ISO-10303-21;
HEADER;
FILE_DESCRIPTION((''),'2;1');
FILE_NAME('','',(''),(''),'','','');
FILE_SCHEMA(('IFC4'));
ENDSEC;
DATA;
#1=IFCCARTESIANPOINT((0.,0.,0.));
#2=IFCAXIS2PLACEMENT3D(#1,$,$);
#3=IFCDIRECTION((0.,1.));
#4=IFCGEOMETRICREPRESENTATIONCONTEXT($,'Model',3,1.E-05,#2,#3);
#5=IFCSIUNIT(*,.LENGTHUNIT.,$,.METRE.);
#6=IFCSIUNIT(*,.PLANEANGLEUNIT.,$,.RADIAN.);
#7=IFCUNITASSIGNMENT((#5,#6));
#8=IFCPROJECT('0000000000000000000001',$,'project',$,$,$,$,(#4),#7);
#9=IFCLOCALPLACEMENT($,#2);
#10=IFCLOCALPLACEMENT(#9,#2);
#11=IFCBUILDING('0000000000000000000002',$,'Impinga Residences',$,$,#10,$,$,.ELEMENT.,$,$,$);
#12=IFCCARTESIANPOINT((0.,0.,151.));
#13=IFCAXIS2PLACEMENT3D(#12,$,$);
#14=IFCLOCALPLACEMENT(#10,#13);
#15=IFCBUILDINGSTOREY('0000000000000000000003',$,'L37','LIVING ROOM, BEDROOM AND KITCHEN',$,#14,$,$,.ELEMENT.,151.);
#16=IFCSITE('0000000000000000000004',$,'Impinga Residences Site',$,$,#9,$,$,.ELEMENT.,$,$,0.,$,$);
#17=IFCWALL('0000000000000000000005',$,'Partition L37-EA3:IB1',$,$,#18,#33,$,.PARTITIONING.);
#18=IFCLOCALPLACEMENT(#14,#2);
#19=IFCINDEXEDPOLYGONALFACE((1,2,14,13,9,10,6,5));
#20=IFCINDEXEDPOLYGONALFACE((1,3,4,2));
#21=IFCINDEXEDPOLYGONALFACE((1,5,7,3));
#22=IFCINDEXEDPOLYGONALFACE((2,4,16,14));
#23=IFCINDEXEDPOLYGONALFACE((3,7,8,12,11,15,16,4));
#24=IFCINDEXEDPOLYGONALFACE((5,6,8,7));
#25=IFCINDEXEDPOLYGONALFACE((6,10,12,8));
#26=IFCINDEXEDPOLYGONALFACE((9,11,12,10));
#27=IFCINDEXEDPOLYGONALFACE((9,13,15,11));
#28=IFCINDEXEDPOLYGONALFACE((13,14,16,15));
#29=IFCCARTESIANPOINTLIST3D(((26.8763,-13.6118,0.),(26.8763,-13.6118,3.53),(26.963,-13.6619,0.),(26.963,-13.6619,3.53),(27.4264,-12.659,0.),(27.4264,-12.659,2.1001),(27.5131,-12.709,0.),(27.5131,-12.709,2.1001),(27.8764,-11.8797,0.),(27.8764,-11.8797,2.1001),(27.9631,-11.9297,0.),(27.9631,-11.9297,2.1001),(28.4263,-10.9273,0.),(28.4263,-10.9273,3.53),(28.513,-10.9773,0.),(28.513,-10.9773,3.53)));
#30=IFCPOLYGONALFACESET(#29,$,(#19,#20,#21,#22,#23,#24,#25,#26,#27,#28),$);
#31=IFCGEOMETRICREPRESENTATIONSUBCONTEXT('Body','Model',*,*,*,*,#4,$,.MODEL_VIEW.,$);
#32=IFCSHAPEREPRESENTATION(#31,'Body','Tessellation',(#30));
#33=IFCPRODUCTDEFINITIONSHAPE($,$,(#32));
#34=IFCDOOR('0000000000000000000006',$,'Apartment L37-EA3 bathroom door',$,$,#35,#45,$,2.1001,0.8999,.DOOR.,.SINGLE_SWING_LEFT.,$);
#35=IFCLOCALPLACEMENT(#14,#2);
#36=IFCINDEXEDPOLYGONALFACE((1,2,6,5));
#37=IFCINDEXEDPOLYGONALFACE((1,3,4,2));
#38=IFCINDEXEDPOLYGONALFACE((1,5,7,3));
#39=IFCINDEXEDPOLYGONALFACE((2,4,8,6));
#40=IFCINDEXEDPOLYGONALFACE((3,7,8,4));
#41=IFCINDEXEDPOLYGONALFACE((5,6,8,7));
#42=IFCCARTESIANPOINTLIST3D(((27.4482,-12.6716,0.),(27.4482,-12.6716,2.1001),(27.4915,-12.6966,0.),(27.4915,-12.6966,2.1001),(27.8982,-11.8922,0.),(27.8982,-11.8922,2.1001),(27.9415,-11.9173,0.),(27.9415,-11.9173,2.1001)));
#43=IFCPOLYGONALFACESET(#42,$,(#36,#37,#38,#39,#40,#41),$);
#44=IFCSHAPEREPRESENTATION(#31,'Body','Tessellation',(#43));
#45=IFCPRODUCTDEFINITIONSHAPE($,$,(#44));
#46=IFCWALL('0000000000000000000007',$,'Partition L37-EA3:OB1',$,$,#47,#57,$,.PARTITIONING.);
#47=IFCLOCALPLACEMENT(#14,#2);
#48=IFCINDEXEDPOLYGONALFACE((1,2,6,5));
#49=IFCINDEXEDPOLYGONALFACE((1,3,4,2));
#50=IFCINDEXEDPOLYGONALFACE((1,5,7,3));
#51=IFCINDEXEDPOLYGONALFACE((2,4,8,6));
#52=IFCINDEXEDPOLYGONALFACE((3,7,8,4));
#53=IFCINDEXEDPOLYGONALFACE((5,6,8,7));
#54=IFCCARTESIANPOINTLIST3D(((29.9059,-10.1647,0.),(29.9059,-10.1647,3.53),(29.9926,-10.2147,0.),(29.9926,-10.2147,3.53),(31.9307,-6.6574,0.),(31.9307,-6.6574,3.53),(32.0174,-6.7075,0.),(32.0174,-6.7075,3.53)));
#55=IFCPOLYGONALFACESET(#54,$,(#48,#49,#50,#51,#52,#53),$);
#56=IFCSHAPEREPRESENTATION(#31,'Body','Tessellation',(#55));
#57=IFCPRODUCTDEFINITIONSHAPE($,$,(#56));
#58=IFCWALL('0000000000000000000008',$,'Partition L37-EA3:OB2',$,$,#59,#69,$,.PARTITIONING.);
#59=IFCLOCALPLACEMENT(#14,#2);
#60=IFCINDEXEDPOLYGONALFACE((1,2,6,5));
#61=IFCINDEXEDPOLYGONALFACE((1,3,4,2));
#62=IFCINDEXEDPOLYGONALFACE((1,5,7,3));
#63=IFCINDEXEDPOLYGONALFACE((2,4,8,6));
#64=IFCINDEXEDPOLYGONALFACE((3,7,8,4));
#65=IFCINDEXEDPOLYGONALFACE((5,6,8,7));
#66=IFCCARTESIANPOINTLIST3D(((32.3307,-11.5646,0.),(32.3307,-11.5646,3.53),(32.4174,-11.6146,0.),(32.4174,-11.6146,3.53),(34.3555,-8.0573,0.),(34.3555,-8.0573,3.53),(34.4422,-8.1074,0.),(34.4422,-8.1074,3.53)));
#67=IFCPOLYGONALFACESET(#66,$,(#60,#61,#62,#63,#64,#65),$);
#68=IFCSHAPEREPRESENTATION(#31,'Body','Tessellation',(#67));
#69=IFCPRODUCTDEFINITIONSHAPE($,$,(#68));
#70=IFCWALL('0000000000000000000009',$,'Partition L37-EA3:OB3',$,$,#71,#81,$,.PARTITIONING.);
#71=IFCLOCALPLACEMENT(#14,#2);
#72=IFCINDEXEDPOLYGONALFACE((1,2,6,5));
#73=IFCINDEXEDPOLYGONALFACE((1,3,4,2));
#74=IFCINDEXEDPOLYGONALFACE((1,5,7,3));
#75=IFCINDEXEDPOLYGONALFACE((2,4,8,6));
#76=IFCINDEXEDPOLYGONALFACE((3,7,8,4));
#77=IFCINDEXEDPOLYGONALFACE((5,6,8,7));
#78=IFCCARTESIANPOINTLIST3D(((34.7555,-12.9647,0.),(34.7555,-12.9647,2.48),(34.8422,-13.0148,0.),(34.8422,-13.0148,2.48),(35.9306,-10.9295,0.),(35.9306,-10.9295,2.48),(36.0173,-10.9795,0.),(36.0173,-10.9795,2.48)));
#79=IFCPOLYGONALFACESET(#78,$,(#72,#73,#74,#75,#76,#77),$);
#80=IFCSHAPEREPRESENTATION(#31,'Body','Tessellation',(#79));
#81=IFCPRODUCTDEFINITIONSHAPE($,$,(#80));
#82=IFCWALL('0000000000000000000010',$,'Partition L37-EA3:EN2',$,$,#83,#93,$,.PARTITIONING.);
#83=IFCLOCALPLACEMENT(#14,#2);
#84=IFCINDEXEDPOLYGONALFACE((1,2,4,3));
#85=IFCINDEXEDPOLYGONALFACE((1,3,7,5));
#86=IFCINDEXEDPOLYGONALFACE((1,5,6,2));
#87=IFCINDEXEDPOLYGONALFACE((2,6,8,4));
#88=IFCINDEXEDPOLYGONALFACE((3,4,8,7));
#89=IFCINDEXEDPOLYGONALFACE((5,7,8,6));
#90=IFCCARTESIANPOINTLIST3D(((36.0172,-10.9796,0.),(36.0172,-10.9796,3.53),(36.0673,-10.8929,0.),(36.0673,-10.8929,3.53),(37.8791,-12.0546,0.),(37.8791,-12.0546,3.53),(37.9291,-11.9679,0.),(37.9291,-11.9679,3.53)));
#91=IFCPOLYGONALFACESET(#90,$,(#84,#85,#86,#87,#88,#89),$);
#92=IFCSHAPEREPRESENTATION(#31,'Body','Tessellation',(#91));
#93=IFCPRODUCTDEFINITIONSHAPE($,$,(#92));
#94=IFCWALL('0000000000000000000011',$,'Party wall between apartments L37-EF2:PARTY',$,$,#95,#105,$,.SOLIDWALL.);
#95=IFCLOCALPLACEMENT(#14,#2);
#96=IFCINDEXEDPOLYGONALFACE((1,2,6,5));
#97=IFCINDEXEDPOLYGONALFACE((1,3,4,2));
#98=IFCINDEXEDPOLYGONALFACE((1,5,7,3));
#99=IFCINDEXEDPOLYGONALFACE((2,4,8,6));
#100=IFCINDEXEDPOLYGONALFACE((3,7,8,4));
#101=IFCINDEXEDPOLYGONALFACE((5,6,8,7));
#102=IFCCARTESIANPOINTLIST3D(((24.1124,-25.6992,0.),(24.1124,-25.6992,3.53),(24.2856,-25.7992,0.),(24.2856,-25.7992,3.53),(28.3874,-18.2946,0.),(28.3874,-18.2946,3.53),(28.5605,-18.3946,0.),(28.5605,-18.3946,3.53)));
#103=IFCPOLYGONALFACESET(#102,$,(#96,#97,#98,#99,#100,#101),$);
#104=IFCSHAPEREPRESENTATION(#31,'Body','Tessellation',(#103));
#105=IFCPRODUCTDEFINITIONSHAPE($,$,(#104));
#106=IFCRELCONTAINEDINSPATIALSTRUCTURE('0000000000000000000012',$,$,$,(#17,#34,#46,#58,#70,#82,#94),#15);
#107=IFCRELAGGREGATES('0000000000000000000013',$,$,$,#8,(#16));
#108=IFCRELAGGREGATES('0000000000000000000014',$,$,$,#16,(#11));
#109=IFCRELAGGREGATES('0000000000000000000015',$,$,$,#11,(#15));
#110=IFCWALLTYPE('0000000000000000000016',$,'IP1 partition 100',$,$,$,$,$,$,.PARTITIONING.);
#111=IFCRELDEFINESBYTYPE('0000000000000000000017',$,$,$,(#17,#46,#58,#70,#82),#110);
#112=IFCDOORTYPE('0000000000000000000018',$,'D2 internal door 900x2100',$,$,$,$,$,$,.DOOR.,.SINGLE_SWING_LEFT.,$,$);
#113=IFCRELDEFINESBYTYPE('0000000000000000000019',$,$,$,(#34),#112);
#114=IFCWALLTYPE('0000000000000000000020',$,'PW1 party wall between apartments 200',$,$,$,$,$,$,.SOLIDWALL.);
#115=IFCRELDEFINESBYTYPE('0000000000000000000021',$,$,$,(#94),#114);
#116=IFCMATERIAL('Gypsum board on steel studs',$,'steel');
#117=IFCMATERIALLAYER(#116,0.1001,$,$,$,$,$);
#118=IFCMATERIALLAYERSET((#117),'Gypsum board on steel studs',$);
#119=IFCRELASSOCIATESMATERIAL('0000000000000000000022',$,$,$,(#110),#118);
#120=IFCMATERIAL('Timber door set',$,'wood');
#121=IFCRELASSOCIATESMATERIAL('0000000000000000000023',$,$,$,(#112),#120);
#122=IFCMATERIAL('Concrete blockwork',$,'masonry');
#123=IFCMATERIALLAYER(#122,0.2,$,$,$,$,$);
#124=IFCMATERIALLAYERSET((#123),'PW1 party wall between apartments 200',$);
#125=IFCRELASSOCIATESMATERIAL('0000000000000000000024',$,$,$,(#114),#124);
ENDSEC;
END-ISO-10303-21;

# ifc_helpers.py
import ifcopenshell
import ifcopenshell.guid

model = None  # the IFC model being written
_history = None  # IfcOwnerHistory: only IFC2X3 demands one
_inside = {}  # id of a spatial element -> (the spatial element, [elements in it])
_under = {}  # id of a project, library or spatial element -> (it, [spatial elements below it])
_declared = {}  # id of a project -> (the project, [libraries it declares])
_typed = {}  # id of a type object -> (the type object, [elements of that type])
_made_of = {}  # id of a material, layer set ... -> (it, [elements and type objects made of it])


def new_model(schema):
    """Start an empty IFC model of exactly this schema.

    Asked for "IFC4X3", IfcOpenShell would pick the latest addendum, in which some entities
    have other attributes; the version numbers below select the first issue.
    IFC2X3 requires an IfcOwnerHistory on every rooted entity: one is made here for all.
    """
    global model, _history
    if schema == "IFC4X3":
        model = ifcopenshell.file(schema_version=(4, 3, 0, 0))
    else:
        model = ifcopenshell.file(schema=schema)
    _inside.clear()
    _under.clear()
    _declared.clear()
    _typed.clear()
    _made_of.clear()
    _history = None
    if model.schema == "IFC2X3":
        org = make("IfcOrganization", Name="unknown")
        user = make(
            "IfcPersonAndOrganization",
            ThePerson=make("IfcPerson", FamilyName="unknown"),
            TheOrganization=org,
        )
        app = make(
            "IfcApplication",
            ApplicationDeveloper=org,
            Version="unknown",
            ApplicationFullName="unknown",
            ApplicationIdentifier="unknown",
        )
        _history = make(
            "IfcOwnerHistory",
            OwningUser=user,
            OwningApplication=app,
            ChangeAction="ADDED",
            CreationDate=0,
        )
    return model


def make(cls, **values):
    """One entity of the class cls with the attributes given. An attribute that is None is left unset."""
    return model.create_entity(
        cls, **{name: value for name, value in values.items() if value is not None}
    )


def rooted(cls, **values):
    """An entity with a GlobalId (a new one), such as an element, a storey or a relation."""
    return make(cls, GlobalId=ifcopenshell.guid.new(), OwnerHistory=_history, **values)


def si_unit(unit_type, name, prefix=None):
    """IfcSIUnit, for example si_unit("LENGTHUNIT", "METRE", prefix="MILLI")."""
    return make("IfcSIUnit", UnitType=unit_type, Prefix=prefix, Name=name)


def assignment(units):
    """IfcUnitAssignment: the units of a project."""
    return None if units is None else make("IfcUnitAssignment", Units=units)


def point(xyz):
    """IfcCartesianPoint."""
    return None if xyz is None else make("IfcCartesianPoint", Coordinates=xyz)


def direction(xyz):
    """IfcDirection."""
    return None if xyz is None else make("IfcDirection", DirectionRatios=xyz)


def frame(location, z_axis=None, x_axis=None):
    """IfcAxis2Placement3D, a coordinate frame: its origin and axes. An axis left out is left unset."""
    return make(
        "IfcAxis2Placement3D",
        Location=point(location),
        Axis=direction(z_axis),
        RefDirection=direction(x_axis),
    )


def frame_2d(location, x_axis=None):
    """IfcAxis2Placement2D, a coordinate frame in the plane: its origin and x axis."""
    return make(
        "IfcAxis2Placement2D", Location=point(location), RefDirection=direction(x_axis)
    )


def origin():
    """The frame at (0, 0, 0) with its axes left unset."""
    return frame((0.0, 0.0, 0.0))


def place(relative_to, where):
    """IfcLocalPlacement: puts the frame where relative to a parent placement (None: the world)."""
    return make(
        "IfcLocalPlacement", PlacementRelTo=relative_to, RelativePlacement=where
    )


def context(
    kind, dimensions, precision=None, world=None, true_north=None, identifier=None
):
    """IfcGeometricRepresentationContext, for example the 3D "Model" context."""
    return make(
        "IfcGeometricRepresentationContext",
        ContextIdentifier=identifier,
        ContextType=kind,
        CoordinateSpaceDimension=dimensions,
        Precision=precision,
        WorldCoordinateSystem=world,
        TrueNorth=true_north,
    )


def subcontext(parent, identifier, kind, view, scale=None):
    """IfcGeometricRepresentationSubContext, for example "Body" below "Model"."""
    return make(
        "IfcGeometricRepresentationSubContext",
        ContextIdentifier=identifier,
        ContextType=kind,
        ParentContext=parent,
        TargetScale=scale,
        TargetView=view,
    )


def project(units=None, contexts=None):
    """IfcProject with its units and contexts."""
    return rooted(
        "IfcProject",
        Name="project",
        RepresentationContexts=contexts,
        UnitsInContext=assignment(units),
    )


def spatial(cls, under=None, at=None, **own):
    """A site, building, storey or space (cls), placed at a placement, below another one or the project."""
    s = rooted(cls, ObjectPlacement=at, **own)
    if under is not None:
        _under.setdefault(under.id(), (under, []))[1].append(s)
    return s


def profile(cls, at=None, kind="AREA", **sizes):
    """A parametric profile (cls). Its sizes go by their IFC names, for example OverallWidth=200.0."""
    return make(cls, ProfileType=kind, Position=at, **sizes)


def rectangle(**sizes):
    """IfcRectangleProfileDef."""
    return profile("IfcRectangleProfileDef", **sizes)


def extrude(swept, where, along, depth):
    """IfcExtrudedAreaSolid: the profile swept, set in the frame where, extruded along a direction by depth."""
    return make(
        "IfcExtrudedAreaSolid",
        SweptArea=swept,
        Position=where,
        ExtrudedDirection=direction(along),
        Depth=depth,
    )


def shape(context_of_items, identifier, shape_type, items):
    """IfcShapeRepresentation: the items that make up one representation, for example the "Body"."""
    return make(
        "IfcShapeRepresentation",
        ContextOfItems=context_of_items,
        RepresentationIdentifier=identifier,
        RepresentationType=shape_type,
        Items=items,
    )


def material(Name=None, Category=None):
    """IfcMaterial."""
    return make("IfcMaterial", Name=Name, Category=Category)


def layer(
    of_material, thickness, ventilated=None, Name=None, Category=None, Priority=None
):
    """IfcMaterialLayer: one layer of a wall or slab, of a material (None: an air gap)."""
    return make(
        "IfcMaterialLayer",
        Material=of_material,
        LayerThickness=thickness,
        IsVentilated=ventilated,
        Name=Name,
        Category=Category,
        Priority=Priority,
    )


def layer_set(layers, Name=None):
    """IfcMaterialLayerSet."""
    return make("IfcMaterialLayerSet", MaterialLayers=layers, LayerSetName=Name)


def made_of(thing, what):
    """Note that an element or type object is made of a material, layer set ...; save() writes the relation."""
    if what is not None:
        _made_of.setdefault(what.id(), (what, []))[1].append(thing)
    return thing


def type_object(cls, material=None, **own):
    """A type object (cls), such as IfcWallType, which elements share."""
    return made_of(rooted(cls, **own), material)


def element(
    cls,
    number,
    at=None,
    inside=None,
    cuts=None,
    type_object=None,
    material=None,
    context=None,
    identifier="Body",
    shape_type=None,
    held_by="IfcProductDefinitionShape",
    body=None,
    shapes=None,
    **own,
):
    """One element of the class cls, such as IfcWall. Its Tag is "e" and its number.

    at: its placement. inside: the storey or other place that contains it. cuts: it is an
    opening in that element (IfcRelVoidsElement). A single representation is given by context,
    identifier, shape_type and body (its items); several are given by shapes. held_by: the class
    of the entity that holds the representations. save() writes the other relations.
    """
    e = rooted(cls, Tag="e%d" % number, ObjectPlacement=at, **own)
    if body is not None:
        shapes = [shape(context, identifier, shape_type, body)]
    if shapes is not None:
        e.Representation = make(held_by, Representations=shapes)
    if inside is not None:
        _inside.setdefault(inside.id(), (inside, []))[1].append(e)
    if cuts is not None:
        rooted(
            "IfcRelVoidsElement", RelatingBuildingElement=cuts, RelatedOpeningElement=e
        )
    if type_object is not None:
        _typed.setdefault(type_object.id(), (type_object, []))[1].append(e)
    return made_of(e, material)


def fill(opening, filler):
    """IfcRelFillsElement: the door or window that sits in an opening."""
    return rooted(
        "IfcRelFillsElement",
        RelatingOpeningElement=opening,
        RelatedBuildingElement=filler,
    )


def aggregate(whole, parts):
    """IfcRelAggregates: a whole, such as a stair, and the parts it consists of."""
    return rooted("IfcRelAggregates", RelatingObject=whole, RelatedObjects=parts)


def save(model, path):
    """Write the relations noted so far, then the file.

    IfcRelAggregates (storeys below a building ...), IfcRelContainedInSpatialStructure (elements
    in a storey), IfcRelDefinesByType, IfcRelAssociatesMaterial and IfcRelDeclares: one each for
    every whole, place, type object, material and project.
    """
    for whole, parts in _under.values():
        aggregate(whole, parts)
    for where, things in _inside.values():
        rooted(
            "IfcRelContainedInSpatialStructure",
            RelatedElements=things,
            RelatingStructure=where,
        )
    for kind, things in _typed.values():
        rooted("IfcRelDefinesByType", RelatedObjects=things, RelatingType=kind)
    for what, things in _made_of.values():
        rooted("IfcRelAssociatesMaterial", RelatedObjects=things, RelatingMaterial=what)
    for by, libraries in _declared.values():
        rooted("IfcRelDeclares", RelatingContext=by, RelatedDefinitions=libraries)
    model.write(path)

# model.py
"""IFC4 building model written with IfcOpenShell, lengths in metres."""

from ifc_helpers import new_model, si_unit, direction, frame, frame_2d, origin, place, context, subcontext, project, spatial, rectangle, extrude, material, layer, layer_set, type_object, element, fill, save


model = new_model("IFC4")

# Units and contexts
model_context = context("Model", 3, precision=1e-05, world=origin(), true_north=direction((0.0, 1.0)))
body_context = subcontext(model_context, "Body", "Model", "MODEL_VIEW")
ifc_project = project(units=[si_unit("LENGTHUNIT", "METRE"), si_unit("PLANEANGLEUNIT", "RADIAN")], contexts=[model_context])

# Site, building, storey
site_placement = place(None, origin())
site = spatial("IfcSite", under=ifc_project, at=site_placement, Name="Impinga Residences Site", CompositionType="ELEMENT", RefElevation=0.0)
building_placement = place(site_placement, origin())
building = spatial("IfcBuilding", under=site, at=building_placement, Name="Impinga Residences", CompositionType="ELEMENT")
storey_placement = place(building_placement, frame((0.0, 0.0, 151.0)))
storey = spatial("IfcBuildingStorey", under=building, at=storey_placement, Name="L37", Description="LIVING ROOM, BEDROOM AND KITCHEN", CompositionType="ELEMENT", Elevation=151.0)

# Shared definitions
ifc_material_1 = material(Name="Gypsum board on steel studs", Category="steel")
ifc_layer_1 = layer(ifc_material_1, 0.1001)
ifc_layer_set_1 = layer_set([ifc_layer_1], Name="Gypsum board on steel studs")
wall_type_1 = type_object("IfcWallType", Name="IP1 partition 100", PredefinedType="PARTITIONING", material=ifc_layer_set_1)

# Shared definitions
ifc_material_2 = material(Name="Timber door set", Category="wood")
door_type = type_object("IfcDoorType", Name="D2 internal door 900x2100", OperationType="SINGLE_SWING_LEFT", PredefinedType="DOOR", material=ifc_material_2)

# Wall, opening, door
wall_1_placement = place(storey_placement, frame((26.9197, -13.6367, 0.0), z_axis=(0.0, 0.0, 1.0), x_axis=(0.500027, 0.86601, 0.0)))
wall_1 = element("IfcWall", 1, at=wall_1_placement, inside=storey, type_object=wall_type_1, Name="Partition L37-EA3:IB1", PredefinedType="PARTITIONING", context=body_context, shape_type="SweptSolid", body=[
    extrude(rectangle(XDim=3.0999, YDim=0.1001, at=frame_2d((1.5498, 0.0))), origin(), (0.0, 0.0, 1.0), 3.53),
])
opening_1_placement = place(wall_1_placement, frame((1.1001, 0.0, 0.0)))
opening_1 = element("IfcOpeningElement", 2, at=opening_1_placement, cuts=wall_1, PredefinedType="OPENING", context=body_context, shape_type="SweptSolid", body=[
    extrude(rectangle(XDim=0.8999, YDim=2.1001, at=frame_2d((0.45, 1.05))), frame((0.0, 0.0601, 0.0), z_axis=(0.0, -1.0, 0.0), x_axis=(1.0, 0.0, 0.0)), (0.0, 0.0, 1.0), 0.1201),
])
door_1_placement = place(opening_1_placement, origin())
door_1 = element("IfcDoor", 3, at=door_1_placement, inside=storey, type_object=door_type, Name="Apartment L37-EA3 bathroom door", OperationType="SINGLE_SWING_LEFT", OverallHeight=2.1001, OverallWidth=0.8999, PredefinedType="DOOR", context=body_context, shape_type="SweptSolid", body=[
    extrude(rectangle(XDim=0.8999, YDim=2.1001, at=frame_2d((0.45, 1.05))), frame((0.0, 0.0249, 0.0), z_axis=(0.0, -1.0, 0.0), x_axis=(1.0, 0.0, 0.0)), (0.0, 0.0, 1.0), 0.05),
])
fill(opening_1, door_1)

# Walls
for number, where, z_axis, x_axis, name in (
    (4, (29.9492, -10.1897, 0.0), (0.0, 0.0, 1.0), (0.49999, 0.866031, 0.0), "Partition L37-EA3:OB1"),
    (5, (32.374, -11.5896, 0.0), (0.0, 0.0, 1.0), (0.49999, 0.866031, 0.0), "Partition L37-EA3:OB2"),
):
    element("IfcWall", number, at=place(storey_placement, frame(where, z_axis=z_axis, x_axis=x_axis)), inside=storey, type_object=wall_type_1, Name=name, PredefinedType="PARTITIONING", context=body_context, shape_type="SweptSolid", body=[
        extrude(rectangle(XDim=4.0498, YDim=0.1001, at=frame_2d((2.0249, 0.0))), origin(), (0.0, 0.0, 1.0), 3.53),
    ])
wall_2_placement = place(storey_placement, frame((34.7988, -12.9897, 0.0), z_axis=(0.0, 0.0, 1.0), x_axis=(0.500016, 0.866016, 0.0)))
element("IfcWall", 6, at=wall_2_placement, inside=storey, type_object=wall_type_1, Name="Partition L37-EA3:OB3", PredefinedType="PARTITIONING", context=body_context, shape_type="SweptSolid", body=[
    extrude(rectangle(XDim=2.3501, YDim=0.1001, at=frame_2d((1.175, 0.0))), origin(), (0.0, 0.0, 1.0), 2.48),
])
wall_3_placement = place(storey_placement, frame((36.0422, -10.9363, 0.0), z_axis=(0.0, 0.0, 1.0), x_axis=(0.866019, -0.500011, 0.0)))
element("IfcWall", 7, at=wall_3_placement, inside=storey, type_object=wall_type_1, Name="Partition L37-EA3:EN2", PredefinedType="PARTITIONING", context=body_context, shape_type="SweptSolid", body=[
    extrude(rectangle(XDim=2.1499, YDim=0.1001, at=frame_2d((1.075, 0.0))), origin(), (0.0, 0.0, 1.0), 3.53),
])
ifc_material_3 = material(Name="Concrete blockwork", Category="masonry")
ifc_layer_2 = layer(ifc_material_3, 0.2)
ifc_layer_set_2 = layer_set([ifc_layer_2], Name="PW1 party wall between apartments 200")
wall_type_2 = type_object("IfcWallType", Name="PW1 party wall between apartments 200", PredefinedType="SOLIDWALL", material=ifc_layer_set_2)
wall_4_placement = place(storey_placement, frame((28.4739, -18.3447, 0.0), z_axis=(0.0, 0.0, 1.0), x_axis=(-0.49999, -0.866031, 0.0)))
element("IfcWall", 8, at=wall_4_placement, inside=storey, type_object=wall_type_2, Name="Party wall between apartments L37-EF2:PARTY", PredefinedType="SOLIDWALL", context=body_context, shape_type="SweptSolid", body=[
    extrude(rectangle(XDim=8.55, YDim=0.2, at=frame_2d((4.2749, 0.0))), origin(), (0.0, 0.0, 1.0), 3.53),
])

save(model, "model.ifc")
